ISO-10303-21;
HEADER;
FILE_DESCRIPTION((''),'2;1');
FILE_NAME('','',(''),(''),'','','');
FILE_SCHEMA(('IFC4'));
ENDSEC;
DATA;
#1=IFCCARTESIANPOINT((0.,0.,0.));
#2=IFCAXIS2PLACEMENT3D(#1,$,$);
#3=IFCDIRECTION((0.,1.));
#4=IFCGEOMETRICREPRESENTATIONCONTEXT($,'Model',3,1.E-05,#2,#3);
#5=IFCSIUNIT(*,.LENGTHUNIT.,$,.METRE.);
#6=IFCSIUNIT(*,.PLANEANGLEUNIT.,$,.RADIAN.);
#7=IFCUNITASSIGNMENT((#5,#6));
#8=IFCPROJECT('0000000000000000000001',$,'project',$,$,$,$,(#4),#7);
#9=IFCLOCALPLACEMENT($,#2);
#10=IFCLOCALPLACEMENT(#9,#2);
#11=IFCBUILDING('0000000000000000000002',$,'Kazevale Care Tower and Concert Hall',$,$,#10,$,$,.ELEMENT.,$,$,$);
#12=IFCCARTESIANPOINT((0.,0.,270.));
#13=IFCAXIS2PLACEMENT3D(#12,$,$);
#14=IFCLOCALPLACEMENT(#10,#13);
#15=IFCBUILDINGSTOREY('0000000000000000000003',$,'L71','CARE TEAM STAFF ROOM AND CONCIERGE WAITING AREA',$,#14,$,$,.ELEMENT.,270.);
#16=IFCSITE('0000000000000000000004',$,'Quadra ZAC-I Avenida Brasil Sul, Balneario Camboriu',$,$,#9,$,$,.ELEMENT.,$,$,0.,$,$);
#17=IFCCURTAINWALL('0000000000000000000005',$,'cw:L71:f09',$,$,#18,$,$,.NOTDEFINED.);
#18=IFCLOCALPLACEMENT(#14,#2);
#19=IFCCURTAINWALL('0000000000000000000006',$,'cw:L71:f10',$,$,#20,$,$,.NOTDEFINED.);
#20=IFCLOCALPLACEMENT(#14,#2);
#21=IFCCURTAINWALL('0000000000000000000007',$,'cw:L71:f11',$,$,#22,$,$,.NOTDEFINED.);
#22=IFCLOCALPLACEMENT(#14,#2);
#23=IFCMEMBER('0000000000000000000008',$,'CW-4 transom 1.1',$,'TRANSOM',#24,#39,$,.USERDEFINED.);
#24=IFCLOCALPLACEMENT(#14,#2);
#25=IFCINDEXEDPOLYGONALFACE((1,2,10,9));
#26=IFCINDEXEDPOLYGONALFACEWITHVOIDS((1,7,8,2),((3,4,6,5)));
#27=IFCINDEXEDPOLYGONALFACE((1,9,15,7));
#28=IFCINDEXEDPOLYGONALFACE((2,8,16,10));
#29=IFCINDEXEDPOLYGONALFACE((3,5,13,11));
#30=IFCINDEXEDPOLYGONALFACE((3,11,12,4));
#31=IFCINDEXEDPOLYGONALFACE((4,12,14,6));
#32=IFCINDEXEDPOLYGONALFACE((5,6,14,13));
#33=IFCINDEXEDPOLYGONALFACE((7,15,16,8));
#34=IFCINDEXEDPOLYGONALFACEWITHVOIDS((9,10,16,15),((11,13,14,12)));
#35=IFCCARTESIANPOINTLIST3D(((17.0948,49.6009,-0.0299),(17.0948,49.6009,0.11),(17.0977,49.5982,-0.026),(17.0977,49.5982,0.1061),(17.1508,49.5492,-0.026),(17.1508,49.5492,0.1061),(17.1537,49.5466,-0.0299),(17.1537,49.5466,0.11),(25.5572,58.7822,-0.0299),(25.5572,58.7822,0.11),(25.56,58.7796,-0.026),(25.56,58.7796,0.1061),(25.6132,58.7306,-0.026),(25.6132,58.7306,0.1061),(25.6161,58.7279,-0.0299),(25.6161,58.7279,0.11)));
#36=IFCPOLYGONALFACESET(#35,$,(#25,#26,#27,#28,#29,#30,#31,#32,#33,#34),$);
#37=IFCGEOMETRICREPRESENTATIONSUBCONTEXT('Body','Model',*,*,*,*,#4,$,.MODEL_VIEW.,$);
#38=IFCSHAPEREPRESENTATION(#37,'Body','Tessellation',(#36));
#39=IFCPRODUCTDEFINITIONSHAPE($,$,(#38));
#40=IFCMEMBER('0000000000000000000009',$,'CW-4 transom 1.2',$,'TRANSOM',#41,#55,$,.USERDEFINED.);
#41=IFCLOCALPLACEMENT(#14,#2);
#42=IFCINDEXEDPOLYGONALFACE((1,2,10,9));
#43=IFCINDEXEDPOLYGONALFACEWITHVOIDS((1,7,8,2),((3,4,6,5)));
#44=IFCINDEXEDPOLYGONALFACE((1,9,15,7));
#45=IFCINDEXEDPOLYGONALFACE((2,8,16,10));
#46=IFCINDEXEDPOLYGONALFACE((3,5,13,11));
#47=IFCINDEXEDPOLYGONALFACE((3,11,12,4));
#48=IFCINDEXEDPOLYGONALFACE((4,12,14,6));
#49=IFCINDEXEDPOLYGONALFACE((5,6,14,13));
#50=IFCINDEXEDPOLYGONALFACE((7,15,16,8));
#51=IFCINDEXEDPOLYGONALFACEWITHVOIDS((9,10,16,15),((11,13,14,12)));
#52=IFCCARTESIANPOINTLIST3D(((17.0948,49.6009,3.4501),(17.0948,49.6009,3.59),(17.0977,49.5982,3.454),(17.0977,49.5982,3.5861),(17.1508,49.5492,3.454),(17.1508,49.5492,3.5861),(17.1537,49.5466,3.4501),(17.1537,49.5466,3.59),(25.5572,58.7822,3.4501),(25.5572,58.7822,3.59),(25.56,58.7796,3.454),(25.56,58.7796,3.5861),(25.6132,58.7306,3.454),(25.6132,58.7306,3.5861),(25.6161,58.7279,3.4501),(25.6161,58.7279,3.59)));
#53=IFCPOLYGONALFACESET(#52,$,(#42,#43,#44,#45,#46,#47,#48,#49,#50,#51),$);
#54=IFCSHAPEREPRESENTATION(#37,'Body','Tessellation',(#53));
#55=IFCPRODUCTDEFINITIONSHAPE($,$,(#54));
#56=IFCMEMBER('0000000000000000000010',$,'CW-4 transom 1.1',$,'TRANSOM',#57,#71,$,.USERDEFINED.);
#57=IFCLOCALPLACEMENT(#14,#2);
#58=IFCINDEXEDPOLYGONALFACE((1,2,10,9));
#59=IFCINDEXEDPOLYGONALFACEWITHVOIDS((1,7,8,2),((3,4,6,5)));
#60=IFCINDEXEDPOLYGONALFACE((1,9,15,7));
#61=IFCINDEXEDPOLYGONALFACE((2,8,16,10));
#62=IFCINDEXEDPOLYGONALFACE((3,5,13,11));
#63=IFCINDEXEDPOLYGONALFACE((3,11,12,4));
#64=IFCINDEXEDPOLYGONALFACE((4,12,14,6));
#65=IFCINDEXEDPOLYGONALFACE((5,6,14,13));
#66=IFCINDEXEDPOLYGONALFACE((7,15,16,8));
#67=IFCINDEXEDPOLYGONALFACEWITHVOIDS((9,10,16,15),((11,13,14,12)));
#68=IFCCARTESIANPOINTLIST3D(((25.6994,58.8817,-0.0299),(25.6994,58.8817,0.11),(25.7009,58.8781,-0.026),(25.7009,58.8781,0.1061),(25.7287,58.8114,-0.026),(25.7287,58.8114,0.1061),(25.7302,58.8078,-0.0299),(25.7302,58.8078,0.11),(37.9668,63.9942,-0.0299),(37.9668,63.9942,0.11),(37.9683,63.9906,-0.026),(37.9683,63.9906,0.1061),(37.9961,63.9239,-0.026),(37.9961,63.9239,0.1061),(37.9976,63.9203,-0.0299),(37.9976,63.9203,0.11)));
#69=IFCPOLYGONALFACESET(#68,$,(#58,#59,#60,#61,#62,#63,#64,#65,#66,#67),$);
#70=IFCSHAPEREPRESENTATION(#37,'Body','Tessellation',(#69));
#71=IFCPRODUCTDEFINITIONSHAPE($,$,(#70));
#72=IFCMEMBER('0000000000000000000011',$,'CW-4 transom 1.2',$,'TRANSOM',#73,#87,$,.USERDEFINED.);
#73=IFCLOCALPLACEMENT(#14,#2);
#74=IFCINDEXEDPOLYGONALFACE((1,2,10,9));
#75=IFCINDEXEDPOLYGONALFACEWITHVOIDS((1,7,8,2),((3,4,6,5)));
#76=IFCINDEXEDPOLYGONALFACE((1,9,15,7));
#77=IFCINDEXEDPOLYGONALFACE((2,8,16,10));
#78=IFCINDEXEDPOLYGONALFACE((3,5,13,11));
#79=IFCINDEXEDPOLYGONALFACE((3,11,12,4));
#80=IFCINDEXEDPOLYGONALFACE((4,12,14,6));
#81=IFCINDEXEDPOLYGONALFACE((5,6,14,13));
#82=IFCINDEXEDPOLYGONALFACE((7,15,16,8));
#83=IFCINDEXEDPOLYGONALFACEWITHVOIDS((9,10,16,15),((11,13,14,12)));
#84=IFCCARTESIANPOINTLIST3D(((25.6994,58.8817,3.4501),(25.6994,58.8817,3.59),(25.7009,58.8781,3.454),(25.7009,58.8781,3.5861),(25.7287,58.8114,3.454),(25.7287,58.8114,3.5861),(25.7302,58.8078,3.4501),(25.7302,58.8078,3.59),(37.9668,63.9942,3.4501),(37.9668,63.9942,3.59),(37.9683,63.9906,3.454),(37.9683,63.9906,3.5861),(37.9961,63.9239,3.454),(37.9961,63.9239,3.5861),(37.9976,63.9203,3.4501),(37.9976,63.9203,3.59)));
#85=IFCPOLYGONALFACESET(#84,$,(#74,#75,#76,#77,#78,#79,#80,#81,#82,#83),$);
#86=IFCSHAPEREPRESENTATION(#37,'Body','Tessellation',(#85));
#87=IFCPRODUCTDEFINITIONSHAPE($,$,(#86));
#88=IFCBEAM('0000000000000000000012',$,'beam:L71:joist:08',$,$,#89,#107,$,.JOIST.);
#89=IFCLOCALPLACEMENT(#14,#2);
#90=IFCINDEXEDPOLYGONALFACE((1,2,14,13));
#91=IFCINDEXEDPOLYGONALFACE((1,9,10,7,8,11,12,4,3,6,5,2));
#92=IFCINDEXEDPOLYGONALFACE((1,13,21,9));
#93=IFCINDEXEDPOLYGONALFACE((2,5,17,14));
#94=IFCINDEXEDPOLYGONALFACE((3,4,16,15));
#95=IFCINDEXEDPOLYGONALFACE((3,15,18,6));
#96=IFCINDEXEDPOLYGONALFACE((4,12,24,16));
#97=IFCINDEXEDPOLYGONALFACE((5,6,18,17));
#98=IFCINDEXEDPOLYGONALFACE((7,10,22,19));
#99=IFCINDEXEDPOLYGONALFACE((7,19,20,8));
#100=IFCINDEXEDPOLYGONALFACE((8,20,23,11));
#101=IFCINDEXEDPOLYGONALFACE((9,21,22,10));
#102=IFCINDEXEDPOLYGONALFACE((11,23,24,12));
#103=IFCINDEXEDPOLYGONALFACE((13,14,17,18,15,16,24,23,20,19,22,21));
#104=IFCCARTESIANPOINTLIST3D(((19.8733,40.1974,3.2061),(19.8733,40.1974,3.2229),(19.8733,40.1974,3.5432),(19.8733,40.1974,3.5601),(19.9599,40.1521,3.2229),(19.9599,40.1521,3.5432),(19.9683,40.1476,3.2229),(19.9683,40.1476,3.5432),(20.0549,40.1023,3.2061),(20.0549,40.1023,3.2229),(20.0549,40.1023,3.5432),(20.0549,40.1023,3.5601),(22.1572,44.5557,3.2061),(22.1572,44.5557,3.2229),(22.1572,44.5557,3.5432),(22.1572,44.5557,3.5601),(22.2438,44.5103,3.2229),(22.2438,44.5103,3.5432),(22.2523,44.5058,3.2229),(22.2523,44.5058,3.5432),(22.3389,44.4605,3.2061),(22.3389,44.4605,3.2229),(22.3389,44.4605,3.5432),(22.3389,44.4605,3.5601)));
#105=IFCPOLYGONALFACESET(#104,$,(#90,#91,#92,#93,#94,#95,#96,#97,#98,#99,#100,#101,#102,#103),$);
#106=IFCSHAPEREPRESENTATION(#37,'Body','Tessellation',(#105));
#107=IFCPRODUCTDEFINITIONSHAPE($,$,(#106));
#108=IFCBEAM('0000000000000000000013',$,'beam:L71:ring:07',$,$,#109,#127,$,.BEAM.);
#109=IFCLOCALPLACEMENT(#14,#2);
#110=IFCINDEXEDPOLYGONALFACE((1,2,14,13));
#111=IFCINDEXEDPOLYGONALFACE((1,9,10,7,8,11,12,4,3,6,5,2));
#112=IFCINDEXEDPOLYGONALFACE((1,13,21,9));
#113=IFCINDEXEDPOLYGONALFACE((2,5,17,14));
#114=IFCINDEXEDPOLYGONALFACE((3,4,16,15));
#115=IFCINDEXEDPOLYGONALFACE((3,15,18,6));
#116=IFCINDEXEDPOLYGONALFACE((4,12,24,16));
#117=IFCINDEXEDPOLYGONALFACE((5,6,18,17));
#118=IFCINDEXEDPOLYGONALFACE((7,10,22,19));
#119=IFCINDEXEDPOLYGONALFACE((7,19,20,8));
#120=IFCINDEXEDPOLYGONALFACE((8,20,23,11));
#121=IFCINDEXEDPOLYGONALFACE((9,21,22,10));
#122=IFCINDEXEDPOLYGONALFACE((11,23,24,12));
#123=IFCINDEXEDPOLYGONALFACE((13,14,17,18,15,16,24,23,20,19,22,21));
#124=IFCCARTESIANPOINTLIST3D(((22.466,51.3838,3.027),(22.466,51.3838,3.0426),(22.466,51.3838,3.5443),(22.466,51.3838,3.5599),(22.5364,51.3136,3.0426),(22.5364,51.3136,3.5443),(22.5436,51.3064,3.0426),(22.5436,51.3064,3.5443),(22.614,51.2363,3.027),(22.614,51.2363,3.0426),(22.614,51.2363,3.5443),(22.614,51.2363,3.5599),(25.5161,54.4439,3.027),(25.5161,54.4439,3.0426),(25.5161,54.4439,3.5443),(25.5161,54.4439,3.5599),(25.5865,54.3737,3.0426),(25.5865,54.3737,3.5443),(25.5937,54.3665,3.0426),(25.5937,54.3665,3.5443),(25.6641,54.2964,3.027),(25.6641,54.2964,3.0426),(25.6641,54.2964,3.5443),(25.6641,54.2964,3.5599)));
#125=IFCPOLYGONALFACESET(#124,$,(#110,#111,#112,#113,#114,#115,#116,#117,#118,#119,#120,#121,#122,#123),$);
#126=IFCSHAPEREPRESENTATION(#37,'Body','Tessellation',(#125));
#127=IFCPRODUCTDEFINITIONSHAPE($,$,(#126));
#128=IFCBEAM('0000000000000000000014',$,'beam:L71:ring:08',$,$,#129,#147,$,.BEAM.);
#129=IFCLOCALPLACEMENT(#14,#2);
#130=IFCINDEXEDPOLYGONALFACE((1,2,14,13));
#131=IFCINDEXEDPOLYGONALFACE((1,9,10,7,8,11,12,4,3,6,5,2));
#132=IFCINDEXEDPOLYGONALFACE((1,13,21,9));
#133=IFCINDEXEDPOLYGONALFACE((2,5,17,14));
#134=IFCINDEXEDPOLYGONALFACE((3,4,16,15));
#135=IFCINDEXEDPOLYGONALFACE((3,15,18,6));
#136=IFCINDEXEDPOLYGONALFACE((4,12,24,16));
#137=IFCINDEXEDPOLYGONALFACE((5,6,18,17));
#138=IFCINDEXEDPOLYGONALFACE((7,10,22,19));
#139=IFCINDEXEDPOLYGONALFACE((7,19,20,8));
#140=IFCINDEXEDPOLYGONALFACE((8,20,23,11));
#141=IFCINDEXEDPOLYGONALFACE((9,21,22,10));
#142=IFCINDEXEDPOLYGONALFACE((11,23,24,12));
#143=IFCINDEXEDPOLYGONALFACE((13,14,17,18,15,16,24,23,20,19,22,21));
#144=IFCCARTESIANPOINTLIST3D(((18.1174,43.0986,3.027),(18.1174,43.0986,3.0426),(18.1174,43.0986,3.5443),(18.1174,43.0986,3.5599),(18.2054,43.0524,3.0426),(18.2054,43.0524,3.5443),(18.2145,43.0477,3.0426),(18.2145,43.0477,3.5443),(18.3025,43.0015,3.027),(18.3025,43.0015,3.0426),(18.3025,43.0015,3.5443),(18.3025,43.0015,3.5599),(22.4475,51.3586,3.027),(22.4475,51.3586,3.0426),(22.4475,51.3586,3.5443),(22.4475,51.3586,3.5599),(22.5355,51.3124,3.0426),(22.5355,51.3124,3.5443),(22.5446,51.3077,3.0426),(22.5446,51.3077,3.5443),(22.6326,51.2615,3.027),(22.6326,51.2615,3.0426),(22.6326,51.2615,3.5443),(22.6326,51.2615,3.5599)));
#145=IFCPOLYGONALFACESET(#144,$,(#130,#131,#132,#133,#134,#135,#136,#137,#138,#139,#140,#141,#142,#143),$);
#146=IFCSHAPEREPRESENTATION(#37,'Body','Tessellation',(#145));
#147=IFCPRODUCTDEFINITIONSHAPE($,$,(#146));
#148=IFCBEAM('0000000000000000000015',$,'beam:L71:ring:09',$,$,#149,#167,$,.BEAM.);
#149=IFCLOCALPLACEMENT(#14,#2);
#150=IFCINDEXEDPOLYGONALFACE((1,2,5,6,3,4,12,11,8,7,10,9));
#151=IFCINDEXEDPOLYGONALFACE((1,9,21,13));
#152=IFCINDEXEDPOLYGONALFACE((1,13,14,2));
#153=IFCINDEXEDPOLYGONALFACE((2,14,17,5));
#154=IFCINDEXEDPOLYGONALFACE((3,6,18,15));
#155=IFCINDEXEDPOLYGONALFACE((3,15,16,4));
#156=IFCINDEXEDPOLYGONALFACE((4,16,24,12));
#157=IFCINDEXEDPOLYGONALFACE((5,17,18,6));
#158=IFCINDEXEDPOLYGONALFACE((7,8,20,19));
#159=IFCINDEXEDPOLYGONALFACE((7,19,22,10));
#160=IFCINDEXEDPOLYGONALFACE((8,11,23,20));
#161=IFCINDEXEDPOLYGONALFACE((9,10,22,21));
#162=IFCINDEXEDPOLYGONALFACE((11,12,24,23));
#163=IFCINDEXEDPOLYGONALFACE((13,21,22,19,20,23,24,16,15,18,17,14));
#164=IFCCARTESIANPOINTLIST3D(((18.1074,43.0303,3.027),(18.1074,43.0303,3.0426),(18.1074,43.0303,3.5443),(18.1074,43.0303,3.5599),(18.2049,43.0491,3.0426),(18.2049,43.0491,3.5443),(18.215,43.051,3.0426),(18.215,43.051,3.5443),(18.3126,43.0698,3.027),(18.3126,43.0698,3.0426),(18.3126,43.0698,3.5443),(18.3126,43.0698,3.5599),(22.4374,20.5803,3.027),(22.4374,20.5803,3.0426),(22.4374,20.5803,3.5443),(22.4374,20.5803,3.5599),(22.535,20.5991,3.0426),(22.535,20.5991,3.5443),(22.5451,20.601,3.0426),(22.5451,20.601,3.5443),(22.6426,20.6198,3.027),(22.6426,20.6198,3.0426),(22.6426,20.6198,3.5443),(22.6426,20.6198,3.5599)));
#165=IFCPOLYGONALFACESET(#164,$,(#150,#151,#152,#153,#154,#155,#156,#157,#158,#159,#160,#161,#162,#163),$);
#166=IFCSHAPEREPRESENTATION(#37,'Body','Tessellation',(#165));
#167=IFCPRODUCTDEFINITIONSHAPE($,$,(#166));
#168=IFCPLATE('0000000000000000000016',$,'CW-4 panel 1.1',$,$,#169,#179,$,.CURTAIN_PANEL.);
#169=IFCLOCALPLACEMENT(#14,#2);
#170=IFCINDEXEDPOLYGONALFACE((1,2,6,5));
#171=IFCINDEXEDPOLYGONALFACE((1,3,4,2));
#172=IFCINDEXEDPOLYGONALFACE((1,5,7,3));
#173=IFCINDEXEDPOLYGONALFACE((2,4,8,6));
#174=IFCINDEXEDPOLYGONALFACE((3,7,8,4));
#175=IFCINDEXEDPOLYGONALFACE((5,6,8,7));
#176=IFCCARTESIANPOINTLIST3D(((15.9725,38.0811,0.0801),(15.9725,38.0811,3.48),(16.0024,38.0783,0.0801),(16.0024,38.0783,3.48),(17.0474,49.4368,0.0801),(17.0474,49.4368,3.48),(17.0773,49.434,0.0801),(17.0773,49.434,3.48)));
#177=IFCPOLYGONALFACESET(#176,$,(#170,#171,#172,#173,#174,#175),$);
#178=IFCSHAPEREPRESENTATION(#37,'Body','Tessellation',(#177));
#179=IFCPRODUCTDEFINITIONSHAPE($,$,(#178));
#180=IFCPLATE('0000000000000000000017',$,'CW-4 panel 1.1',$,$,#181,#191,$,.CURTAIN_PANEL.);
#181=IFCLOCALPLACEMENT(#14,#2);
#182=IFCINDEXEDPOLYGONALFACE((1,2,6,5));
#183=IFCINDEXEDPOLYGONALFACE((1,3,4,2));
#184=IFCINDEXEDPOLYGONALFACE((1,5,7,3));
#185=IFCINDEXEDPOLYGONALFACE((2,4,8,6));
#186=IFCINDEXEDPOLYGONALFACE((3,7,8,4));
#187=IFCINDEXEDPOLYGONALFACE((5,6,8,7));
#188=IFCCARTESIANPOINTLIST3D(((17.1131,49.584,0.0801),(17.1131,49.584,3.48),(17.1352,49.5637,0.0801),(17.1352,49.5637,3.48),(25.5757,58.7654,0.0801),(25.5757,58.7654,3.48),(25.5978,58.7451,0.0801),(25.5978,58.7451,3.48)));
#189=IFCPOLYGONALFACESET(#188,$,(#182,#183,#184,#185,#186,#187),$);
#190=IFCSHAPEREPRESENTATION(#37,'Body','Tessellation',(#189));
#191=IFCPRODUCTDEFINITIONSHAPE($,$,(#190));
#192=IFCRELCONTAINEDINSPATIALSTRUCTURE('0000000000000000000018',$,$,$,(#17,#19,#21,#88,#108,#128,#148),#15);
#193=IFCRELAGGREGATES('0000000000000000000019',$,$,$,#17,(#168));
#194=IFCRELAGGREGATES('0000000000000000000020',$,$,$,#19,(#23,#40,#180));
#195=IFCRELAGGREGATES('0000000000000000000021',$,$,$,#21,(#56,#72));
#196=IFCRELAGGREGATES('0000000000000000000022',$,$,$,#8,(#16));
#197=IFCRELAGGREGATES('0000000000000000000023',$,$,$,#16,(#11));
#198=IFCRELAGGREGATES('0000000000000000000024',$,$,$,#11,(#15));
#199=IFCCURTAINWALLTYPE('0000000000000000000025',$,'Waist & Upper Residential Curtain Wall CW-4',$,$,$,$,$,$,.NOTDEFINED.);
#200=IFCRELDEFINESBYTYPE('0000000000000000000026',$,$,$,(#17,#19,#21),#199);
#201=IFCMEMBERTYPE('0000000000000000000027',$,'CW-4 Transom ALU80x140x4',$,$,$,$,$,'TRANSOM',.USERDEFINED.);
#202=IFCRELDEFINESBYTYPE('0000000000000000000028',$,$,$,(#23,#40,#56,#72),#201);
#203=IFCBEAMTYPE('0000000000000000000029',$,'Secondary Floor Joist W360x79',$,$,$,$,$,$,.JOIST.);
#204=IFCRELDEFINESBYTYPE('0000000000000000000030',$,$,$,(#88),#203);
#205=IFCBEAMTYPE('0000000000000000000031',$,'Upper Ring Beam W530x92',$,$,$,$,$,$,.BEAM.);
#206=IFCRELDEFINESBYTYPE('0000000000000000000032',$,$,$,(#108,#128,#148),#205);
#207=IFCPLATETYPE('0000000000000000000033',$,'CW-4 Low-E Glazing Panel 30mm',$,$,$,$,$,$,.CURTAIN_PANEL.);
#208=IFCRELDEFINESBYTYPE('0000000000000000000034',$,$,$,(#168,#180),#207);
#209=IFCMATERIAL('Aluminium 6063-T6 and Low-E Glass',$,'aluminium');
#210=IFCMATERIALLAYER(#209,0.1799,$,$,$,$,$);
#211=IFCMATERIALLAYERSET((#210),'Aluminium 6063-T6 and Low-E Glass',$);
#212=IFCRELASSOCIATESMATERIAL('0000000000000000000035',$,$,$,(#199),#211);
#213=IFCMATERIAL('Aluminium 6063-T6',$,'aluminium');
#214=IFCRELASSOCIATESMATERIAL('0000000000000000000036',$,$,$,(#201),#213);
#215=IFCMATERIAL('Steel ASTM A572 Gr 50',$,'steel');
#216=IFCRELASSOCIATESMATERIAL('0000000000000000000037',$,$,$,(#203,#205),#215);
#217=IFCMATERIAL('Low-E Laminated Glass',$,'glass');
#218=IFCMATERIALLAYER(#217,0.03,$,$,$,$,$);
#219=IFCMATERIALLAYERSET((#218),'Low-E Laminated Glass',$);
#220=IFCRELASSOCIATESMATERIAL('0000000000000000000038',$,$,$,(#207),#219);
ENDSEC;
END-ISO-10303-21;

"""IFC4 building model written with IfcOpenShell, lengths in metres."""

from ifc_helpers import new_model, si_unit, direction, frame, origin, origin_2d, place, context, subcontext, project, spatial, rectangle, hollow_rectangle, i_section, extrude, material, layer, layer_set, material_profile, profile_set, type_object, element, aggregate, save


model = new_model("IFC4")

# Units and contexts
model_context = context("Model", 3, precision=1e-05, world=origin(), true_north=direction((0.0, 1.0)))
body_context = subcontext(model_context, "Body", "Model", "MODEL_VIEW")
ifc_project = project(units=[si_unit("LENGTHUNIT", "METRE"), si_unit("PLANEANGLEUNIT", "RADIAN")], contexts=[model_context])

# Site, building, storey
site_placement = place(None, origin())
site = spatial("IfcSite", under=ifc_project, at=site_placement, Name="Quadra ZAC-I Avenida Brasil Sul, Balneario Camboriu", CompositionType="ELEMENT", RefElevation=0.0)
building_placement = place(site_placement, origin())
building = spatial("IfcBuilding", under=site, at=building_placement, Name="Kazevale Care Tower and Concert Hall", CompositionType="ELEMENT")
storey_placement = place(building_placement, frame((0.0, 0.0, 270.0)))
storey = spatial("IfcBuildingStorey", under=building, at=storey_placement, Name="L71", Description="CARE TEAM STAFF ROOM AND CONCIERGE WAITING AREA", CompositionType="ELEMENT", Elevation=270.0)

# Curtain wall
ifc_material_1 = material(Name="Aluminium 6063-T6 and Low-E Glass", Category="aluminium")
ifc_layer_1 = layer(ifc_material_1, 0.1799)
ifc_layer_set_1 = layer_set([ifc_layer_1], Name="Aluminium 6063-T6 and Low-E Glass")
curtain_wall_type = type_object("IfcCurtainWallType", Name="Waist & Upper Residential Curtain Wall CW-4", PredefinedType="NOTDEFINED", material=ifc_layer_set_1)
curtain_wall_1_placement = place(storey_placement, origin())
curtain_wall_1 = element("IfcCurtainWall", 1, at=curtain_wall_1_placement, inside=storey, type_object=curtain_wall_type, Name="cw:L71:f09", PredefinedType="NOTDEFINED")
ifc_material_2 = material(Name="Aluminium 6063-T6", Category="aluminium")

# Curtain wall
curtain_wall_2_placement = place(storey_placement, origin())
curtain_wall_2 = element("IfcCurtainWall", 2, at=curtain_wall_2_placement, inside=storey, type_object=curtain_wall_type, Name="cw:L71:f10", PredefinedType="NOTDEFINED")

# Curtain wall
curtain_wall_3_placement = place(storey_placement, origin())
curtain_wall_3 = element("IfcCurtainWall", 3, at=curtain_wall_3_placement, inside=storey, type_object=curtain_wall_type, Name="cw:L71:f11", PredefinedType="NOTDEFINED")

# Members
ifc_material_profile_1 = material_profile(ifc_material_2, hollow_rectangle(XDim=0.0801, YDim=0.1399, WallThickness=0.0039, at=origin_2d()), Name="ALU80x140x4")
ifc_profile_set_1 = profile_set([ifc_material_profile_1], Name="Aluminium 6063-T6")
member_type_1 = type_object("IfcMemberType", Name="CW-4 Transom ALU80x140x4", ElementType="TRANSOM", PredefinedType="USERDEFINED", material=ifc_profile_set_1)
member_1_placement = place(storey_placement, frame((17.1243, 49.5737, 0.04), z_axis=(0.677729, 0.735311, 0.0), x_axis=(-0.735311, 0.677729, 0.0)))
member_1 = element("IfcMember", 4, at=member_1_placement, type_object=member_type_1, Name="CW-4 transom 1.1", ObjectType="TRANSOM", PredefinedType="USERDEFINED", context=body_context, shape_type="SweptSolid", body=[
    extrude(hollow_rectangle(XDim=0.0801, YDim=0.1399, WallThickness=0.0039, at=origin_2d()), origin(), (0.0, 0.0, 1.0), 12.4863),
])
member_2_placement = place(storey_placement, frame((17.1243, 49.5737, 3.52), z_axis=(0.677729, 0.735311, 0.0), x_axis=(-0.735311, 0.677729, 0.0)))
member_2 = element("IfcMember", 5, at=member_2_placement, type_object=member_type_1, Name="CW-4 transom 1.2", ObjectType="TRANSOM", PredefinedType="USERDEFINED", context=body_context, shape_type="SweptSolid", body=[
    extrude(hollow_rectangle(XDim=0.0801, YDim=0.1399, WallThickness=0.0039, at=origin_2d()), origin(), (0.0, 0.0, 1.0), 12.4863),
])
member_3_placement = place(storey_placement, frame((25.7148, 58.8447, 0.04), z_axis=(0.923046, 0.38469, 0.0), x_axis=(-0.38469, 0.923046, 0.0)))
member_3 = element("IfcMember", 6, at=member_3_placement, type_object=member_type_1, Name="CW-4 transom 1.1", ObjectType="TRANSOM", PredefinedType="USERDEFINED", context=body_context, shape_type="SweptSolid", body=[
    extrude(hollow_rectangle(XDim=0.0801, YDim=0.1399, WallThickness=0.0039, at=origin_2d()), origin(), (0.0, 0.0, 1.0), 13.29),
])
member_4_placement = place(storey_placement, frame((25.7148, 58.8447, 3.52), z_axis=(0.923046, 0.38469, 0.0), x_axis=(-0.38469, 0.923046, 0.0)))
member_4 = element("IfcMember", 7, at=member_4_placement, type_object=member_type_1, Name="CW-4 transom 1.2", ObjectType="TRANSOM", PredefinedType="USERDEFINED", context=body_context, shape_type="SweptSolid", body=[
    extrude(hollow_rectangle(XDim=0.0801, YDim=0.1399, WallThickness=0.0039, at=origin_2d()), origin(), (0.0, 0.0, 1.0), 13.29),
])

# Beams
ifc_material_3 = material(Name="Steel ASTM A572 Gr 50", Category="steel")
ifc_material_profile_2 = material_profile(ifc_material_3, i_section(OverallWidth=0.2051, OverallDepth=0.354, WebThickness=0.0095, FlangeThickness=0.0168, at=origin_2d()), Name="W360x79")
ifc_profile_set_2 = profile_set([ifc_material_profile_2], Name="Steel ASTM A572 Gr 50")
beam_type_1 = type_object("IfcBeamType", Name="Secondary Floor Joist W360x79", PredefinedType="JOIST", material=ifc_profile_set_2)
beam_1_placement = place(storey_placement, frame((22.248, 44.5081, 3.3831), z_axis=(-0.464181, -0.88574, 0.0), x_axis=(0.88574, -0.464181, 0.0)))
element("IfcBeam", 8, at=beam_1_placement, inside=storey, type_object=beam_type_1, Name="beam:L71:joist:08", PredefinedType="JOIST", context=body_context, shape_type="SweptSolid", body=[
    extrude(i_section(OverallWidth=0.2051, OverallDepth=0.354, WebThickness=0.0095, FlangeThickness=0.0168, at=origin_2d()), origin(), (0.0, 0.0, 1.0), 4.9204),
])
ifc_material_profile_3 = material_profile(ifc_material_3, i_section(OverallWidth=0.209, OverallDepth=0.533, WebThickness=0.0103, FlangeThickness=0.0156, at=origin_2d()), Name="W530x92")
ifc_profile_set_3 = profile_set([ifc_material_profile_3], Name="Steel ASTM A572 Gr 50")
beam_type_2 = type_object("IfcBeamType", Name="Upper Ring Beam W530x92", PredefinedType="BEAM", material=ifc_profile_set_3)
beam_2_placement = place(storey_placement, frame((25.5901, 54.3701, 3.2935), z_axis=(-0.705947, -0.708264, 0.0), x_axis=(0.708264, -0.705947, 0.0)))
element("IfcBeam", 9, at=beam_2_placement, inside=storey, type_object=beam_type_2, Name="beam:L71:ring:07", PredefinedType="BEAM", context=body_context, shape_type="SweptSolid", body=[
    extrude(i_section(OverallWidth=0.209, OverallDepth=0.533, WebThickness=0.0103, FlangeThickness=0.0156, at=origin_2d()), origin(), (0.0, 0.0, 1.0), 4.3206),
])
beam_3_placement = place(storey_placement, frame((22.54, 51.3101, 3.2935), z_axis=(-0.464294, -0.885681, 0.0), x_axis=(0.885681, -0.464294, 0.0)))
element("IfcBeam", 10, at=beam_3_placement, inside=storey, type_object=beam_type_2, Name="beam:L71:ring:08", PredefinedType="BEAM", context=body_context, shape_type="SweptSolid", body=[
    extrude(i_section(OverallWidth=0.209, OverallDepth=0.533, WebThickness=0.0103, FlangeThickness=0.0156, at=origin_2d()), origin(), (0.0, 0.0, 1.0), 9.3262),
])
beam_4_placement = place(storey_placement, frame((18.21, 43.05, 3.2935), z_axis=(0.189386, -0.981903, 0.0), x_axis=(0.981903, 0.189386, 0.0)))
element("IfcBeam", 11, at=beam_4_placement, inside=storey, type_object=beam_type_2, Name="beam:L71:ring:09", PredefinedType="BEAM", context=body_context, shape_type="SweptSolid", body=[
    extrude(i_section(OverallWidth=0.209, OverallDepth=0.533, WebThickness=0.0103, FlangeThickness=0.0156, at=origin_2d()), origin(), (0.0, 0.0, 1.0), 22.8638),
])

# Plates
ifc_material_4 = material(Name="Low-E Laminated Glass", Category="glass")
ifc_layer_2 = layer(ifc_material_4, 0.03)
ifc_layer_set_2 = layer_set([ifc_layer_2], Name="Low-E Laminated Glass")
plate_type = type_object("IfcPlateType", Name="CW-4 Low-E Glazing Panel 30mm", PredefinedType="CURTAIN_PANEL", material=ifc_layer_set_2)
plate_1_placement = place(storey_placement, frame((16.5249, 43.7576, 0.0801), z_axis=(0.0, 0.0, 1.0), x_axis=(0.094238, 0.99555, 0.0)))
plate_1 = element("IfcPlate", 12, at=plate_1_placement, type_object=plate_type, Name="CW-4 panel 1.1", PredefinedType="CURTAIN_PANEL", context=body_context, shape_type="SweptSolid", body=[
    extrude(rectangle(XDim=11.4065, YDim=0.03, at=origin_2d()), origin(), (0.0, 0.0, 1.0), 3.3999),
])
aggregate(curtain_wall_1, [plate_1])
plate_2_placement = place(storey_placement, frame((21.3555, 54.1646, 0.0801), z_axis=(0.0, 0.0, 1.0), x_axis=(0.677738, 0.735303, 0.0)))
plate_2 = element("IfcPlate", 13, at=plate_2_placement, type_object=plate_type, Name="CW-4 panel 1.1", PredefinedType="CURTAIN_PANEL", context=body_context, shape_type="SweptSolid", body=[
    extrude(rectangle(XDim=12.4866, YDim=0.03, at=origin_2d()), origin(), (0.0, 0.0, 1.0), 3.3999),
])
aggregate(curtain_wall_2, [member_1, member_2, plate_2])
aggregate(curtain_wall_3, [member_3, member_4])

save(model, "model.ifc")
